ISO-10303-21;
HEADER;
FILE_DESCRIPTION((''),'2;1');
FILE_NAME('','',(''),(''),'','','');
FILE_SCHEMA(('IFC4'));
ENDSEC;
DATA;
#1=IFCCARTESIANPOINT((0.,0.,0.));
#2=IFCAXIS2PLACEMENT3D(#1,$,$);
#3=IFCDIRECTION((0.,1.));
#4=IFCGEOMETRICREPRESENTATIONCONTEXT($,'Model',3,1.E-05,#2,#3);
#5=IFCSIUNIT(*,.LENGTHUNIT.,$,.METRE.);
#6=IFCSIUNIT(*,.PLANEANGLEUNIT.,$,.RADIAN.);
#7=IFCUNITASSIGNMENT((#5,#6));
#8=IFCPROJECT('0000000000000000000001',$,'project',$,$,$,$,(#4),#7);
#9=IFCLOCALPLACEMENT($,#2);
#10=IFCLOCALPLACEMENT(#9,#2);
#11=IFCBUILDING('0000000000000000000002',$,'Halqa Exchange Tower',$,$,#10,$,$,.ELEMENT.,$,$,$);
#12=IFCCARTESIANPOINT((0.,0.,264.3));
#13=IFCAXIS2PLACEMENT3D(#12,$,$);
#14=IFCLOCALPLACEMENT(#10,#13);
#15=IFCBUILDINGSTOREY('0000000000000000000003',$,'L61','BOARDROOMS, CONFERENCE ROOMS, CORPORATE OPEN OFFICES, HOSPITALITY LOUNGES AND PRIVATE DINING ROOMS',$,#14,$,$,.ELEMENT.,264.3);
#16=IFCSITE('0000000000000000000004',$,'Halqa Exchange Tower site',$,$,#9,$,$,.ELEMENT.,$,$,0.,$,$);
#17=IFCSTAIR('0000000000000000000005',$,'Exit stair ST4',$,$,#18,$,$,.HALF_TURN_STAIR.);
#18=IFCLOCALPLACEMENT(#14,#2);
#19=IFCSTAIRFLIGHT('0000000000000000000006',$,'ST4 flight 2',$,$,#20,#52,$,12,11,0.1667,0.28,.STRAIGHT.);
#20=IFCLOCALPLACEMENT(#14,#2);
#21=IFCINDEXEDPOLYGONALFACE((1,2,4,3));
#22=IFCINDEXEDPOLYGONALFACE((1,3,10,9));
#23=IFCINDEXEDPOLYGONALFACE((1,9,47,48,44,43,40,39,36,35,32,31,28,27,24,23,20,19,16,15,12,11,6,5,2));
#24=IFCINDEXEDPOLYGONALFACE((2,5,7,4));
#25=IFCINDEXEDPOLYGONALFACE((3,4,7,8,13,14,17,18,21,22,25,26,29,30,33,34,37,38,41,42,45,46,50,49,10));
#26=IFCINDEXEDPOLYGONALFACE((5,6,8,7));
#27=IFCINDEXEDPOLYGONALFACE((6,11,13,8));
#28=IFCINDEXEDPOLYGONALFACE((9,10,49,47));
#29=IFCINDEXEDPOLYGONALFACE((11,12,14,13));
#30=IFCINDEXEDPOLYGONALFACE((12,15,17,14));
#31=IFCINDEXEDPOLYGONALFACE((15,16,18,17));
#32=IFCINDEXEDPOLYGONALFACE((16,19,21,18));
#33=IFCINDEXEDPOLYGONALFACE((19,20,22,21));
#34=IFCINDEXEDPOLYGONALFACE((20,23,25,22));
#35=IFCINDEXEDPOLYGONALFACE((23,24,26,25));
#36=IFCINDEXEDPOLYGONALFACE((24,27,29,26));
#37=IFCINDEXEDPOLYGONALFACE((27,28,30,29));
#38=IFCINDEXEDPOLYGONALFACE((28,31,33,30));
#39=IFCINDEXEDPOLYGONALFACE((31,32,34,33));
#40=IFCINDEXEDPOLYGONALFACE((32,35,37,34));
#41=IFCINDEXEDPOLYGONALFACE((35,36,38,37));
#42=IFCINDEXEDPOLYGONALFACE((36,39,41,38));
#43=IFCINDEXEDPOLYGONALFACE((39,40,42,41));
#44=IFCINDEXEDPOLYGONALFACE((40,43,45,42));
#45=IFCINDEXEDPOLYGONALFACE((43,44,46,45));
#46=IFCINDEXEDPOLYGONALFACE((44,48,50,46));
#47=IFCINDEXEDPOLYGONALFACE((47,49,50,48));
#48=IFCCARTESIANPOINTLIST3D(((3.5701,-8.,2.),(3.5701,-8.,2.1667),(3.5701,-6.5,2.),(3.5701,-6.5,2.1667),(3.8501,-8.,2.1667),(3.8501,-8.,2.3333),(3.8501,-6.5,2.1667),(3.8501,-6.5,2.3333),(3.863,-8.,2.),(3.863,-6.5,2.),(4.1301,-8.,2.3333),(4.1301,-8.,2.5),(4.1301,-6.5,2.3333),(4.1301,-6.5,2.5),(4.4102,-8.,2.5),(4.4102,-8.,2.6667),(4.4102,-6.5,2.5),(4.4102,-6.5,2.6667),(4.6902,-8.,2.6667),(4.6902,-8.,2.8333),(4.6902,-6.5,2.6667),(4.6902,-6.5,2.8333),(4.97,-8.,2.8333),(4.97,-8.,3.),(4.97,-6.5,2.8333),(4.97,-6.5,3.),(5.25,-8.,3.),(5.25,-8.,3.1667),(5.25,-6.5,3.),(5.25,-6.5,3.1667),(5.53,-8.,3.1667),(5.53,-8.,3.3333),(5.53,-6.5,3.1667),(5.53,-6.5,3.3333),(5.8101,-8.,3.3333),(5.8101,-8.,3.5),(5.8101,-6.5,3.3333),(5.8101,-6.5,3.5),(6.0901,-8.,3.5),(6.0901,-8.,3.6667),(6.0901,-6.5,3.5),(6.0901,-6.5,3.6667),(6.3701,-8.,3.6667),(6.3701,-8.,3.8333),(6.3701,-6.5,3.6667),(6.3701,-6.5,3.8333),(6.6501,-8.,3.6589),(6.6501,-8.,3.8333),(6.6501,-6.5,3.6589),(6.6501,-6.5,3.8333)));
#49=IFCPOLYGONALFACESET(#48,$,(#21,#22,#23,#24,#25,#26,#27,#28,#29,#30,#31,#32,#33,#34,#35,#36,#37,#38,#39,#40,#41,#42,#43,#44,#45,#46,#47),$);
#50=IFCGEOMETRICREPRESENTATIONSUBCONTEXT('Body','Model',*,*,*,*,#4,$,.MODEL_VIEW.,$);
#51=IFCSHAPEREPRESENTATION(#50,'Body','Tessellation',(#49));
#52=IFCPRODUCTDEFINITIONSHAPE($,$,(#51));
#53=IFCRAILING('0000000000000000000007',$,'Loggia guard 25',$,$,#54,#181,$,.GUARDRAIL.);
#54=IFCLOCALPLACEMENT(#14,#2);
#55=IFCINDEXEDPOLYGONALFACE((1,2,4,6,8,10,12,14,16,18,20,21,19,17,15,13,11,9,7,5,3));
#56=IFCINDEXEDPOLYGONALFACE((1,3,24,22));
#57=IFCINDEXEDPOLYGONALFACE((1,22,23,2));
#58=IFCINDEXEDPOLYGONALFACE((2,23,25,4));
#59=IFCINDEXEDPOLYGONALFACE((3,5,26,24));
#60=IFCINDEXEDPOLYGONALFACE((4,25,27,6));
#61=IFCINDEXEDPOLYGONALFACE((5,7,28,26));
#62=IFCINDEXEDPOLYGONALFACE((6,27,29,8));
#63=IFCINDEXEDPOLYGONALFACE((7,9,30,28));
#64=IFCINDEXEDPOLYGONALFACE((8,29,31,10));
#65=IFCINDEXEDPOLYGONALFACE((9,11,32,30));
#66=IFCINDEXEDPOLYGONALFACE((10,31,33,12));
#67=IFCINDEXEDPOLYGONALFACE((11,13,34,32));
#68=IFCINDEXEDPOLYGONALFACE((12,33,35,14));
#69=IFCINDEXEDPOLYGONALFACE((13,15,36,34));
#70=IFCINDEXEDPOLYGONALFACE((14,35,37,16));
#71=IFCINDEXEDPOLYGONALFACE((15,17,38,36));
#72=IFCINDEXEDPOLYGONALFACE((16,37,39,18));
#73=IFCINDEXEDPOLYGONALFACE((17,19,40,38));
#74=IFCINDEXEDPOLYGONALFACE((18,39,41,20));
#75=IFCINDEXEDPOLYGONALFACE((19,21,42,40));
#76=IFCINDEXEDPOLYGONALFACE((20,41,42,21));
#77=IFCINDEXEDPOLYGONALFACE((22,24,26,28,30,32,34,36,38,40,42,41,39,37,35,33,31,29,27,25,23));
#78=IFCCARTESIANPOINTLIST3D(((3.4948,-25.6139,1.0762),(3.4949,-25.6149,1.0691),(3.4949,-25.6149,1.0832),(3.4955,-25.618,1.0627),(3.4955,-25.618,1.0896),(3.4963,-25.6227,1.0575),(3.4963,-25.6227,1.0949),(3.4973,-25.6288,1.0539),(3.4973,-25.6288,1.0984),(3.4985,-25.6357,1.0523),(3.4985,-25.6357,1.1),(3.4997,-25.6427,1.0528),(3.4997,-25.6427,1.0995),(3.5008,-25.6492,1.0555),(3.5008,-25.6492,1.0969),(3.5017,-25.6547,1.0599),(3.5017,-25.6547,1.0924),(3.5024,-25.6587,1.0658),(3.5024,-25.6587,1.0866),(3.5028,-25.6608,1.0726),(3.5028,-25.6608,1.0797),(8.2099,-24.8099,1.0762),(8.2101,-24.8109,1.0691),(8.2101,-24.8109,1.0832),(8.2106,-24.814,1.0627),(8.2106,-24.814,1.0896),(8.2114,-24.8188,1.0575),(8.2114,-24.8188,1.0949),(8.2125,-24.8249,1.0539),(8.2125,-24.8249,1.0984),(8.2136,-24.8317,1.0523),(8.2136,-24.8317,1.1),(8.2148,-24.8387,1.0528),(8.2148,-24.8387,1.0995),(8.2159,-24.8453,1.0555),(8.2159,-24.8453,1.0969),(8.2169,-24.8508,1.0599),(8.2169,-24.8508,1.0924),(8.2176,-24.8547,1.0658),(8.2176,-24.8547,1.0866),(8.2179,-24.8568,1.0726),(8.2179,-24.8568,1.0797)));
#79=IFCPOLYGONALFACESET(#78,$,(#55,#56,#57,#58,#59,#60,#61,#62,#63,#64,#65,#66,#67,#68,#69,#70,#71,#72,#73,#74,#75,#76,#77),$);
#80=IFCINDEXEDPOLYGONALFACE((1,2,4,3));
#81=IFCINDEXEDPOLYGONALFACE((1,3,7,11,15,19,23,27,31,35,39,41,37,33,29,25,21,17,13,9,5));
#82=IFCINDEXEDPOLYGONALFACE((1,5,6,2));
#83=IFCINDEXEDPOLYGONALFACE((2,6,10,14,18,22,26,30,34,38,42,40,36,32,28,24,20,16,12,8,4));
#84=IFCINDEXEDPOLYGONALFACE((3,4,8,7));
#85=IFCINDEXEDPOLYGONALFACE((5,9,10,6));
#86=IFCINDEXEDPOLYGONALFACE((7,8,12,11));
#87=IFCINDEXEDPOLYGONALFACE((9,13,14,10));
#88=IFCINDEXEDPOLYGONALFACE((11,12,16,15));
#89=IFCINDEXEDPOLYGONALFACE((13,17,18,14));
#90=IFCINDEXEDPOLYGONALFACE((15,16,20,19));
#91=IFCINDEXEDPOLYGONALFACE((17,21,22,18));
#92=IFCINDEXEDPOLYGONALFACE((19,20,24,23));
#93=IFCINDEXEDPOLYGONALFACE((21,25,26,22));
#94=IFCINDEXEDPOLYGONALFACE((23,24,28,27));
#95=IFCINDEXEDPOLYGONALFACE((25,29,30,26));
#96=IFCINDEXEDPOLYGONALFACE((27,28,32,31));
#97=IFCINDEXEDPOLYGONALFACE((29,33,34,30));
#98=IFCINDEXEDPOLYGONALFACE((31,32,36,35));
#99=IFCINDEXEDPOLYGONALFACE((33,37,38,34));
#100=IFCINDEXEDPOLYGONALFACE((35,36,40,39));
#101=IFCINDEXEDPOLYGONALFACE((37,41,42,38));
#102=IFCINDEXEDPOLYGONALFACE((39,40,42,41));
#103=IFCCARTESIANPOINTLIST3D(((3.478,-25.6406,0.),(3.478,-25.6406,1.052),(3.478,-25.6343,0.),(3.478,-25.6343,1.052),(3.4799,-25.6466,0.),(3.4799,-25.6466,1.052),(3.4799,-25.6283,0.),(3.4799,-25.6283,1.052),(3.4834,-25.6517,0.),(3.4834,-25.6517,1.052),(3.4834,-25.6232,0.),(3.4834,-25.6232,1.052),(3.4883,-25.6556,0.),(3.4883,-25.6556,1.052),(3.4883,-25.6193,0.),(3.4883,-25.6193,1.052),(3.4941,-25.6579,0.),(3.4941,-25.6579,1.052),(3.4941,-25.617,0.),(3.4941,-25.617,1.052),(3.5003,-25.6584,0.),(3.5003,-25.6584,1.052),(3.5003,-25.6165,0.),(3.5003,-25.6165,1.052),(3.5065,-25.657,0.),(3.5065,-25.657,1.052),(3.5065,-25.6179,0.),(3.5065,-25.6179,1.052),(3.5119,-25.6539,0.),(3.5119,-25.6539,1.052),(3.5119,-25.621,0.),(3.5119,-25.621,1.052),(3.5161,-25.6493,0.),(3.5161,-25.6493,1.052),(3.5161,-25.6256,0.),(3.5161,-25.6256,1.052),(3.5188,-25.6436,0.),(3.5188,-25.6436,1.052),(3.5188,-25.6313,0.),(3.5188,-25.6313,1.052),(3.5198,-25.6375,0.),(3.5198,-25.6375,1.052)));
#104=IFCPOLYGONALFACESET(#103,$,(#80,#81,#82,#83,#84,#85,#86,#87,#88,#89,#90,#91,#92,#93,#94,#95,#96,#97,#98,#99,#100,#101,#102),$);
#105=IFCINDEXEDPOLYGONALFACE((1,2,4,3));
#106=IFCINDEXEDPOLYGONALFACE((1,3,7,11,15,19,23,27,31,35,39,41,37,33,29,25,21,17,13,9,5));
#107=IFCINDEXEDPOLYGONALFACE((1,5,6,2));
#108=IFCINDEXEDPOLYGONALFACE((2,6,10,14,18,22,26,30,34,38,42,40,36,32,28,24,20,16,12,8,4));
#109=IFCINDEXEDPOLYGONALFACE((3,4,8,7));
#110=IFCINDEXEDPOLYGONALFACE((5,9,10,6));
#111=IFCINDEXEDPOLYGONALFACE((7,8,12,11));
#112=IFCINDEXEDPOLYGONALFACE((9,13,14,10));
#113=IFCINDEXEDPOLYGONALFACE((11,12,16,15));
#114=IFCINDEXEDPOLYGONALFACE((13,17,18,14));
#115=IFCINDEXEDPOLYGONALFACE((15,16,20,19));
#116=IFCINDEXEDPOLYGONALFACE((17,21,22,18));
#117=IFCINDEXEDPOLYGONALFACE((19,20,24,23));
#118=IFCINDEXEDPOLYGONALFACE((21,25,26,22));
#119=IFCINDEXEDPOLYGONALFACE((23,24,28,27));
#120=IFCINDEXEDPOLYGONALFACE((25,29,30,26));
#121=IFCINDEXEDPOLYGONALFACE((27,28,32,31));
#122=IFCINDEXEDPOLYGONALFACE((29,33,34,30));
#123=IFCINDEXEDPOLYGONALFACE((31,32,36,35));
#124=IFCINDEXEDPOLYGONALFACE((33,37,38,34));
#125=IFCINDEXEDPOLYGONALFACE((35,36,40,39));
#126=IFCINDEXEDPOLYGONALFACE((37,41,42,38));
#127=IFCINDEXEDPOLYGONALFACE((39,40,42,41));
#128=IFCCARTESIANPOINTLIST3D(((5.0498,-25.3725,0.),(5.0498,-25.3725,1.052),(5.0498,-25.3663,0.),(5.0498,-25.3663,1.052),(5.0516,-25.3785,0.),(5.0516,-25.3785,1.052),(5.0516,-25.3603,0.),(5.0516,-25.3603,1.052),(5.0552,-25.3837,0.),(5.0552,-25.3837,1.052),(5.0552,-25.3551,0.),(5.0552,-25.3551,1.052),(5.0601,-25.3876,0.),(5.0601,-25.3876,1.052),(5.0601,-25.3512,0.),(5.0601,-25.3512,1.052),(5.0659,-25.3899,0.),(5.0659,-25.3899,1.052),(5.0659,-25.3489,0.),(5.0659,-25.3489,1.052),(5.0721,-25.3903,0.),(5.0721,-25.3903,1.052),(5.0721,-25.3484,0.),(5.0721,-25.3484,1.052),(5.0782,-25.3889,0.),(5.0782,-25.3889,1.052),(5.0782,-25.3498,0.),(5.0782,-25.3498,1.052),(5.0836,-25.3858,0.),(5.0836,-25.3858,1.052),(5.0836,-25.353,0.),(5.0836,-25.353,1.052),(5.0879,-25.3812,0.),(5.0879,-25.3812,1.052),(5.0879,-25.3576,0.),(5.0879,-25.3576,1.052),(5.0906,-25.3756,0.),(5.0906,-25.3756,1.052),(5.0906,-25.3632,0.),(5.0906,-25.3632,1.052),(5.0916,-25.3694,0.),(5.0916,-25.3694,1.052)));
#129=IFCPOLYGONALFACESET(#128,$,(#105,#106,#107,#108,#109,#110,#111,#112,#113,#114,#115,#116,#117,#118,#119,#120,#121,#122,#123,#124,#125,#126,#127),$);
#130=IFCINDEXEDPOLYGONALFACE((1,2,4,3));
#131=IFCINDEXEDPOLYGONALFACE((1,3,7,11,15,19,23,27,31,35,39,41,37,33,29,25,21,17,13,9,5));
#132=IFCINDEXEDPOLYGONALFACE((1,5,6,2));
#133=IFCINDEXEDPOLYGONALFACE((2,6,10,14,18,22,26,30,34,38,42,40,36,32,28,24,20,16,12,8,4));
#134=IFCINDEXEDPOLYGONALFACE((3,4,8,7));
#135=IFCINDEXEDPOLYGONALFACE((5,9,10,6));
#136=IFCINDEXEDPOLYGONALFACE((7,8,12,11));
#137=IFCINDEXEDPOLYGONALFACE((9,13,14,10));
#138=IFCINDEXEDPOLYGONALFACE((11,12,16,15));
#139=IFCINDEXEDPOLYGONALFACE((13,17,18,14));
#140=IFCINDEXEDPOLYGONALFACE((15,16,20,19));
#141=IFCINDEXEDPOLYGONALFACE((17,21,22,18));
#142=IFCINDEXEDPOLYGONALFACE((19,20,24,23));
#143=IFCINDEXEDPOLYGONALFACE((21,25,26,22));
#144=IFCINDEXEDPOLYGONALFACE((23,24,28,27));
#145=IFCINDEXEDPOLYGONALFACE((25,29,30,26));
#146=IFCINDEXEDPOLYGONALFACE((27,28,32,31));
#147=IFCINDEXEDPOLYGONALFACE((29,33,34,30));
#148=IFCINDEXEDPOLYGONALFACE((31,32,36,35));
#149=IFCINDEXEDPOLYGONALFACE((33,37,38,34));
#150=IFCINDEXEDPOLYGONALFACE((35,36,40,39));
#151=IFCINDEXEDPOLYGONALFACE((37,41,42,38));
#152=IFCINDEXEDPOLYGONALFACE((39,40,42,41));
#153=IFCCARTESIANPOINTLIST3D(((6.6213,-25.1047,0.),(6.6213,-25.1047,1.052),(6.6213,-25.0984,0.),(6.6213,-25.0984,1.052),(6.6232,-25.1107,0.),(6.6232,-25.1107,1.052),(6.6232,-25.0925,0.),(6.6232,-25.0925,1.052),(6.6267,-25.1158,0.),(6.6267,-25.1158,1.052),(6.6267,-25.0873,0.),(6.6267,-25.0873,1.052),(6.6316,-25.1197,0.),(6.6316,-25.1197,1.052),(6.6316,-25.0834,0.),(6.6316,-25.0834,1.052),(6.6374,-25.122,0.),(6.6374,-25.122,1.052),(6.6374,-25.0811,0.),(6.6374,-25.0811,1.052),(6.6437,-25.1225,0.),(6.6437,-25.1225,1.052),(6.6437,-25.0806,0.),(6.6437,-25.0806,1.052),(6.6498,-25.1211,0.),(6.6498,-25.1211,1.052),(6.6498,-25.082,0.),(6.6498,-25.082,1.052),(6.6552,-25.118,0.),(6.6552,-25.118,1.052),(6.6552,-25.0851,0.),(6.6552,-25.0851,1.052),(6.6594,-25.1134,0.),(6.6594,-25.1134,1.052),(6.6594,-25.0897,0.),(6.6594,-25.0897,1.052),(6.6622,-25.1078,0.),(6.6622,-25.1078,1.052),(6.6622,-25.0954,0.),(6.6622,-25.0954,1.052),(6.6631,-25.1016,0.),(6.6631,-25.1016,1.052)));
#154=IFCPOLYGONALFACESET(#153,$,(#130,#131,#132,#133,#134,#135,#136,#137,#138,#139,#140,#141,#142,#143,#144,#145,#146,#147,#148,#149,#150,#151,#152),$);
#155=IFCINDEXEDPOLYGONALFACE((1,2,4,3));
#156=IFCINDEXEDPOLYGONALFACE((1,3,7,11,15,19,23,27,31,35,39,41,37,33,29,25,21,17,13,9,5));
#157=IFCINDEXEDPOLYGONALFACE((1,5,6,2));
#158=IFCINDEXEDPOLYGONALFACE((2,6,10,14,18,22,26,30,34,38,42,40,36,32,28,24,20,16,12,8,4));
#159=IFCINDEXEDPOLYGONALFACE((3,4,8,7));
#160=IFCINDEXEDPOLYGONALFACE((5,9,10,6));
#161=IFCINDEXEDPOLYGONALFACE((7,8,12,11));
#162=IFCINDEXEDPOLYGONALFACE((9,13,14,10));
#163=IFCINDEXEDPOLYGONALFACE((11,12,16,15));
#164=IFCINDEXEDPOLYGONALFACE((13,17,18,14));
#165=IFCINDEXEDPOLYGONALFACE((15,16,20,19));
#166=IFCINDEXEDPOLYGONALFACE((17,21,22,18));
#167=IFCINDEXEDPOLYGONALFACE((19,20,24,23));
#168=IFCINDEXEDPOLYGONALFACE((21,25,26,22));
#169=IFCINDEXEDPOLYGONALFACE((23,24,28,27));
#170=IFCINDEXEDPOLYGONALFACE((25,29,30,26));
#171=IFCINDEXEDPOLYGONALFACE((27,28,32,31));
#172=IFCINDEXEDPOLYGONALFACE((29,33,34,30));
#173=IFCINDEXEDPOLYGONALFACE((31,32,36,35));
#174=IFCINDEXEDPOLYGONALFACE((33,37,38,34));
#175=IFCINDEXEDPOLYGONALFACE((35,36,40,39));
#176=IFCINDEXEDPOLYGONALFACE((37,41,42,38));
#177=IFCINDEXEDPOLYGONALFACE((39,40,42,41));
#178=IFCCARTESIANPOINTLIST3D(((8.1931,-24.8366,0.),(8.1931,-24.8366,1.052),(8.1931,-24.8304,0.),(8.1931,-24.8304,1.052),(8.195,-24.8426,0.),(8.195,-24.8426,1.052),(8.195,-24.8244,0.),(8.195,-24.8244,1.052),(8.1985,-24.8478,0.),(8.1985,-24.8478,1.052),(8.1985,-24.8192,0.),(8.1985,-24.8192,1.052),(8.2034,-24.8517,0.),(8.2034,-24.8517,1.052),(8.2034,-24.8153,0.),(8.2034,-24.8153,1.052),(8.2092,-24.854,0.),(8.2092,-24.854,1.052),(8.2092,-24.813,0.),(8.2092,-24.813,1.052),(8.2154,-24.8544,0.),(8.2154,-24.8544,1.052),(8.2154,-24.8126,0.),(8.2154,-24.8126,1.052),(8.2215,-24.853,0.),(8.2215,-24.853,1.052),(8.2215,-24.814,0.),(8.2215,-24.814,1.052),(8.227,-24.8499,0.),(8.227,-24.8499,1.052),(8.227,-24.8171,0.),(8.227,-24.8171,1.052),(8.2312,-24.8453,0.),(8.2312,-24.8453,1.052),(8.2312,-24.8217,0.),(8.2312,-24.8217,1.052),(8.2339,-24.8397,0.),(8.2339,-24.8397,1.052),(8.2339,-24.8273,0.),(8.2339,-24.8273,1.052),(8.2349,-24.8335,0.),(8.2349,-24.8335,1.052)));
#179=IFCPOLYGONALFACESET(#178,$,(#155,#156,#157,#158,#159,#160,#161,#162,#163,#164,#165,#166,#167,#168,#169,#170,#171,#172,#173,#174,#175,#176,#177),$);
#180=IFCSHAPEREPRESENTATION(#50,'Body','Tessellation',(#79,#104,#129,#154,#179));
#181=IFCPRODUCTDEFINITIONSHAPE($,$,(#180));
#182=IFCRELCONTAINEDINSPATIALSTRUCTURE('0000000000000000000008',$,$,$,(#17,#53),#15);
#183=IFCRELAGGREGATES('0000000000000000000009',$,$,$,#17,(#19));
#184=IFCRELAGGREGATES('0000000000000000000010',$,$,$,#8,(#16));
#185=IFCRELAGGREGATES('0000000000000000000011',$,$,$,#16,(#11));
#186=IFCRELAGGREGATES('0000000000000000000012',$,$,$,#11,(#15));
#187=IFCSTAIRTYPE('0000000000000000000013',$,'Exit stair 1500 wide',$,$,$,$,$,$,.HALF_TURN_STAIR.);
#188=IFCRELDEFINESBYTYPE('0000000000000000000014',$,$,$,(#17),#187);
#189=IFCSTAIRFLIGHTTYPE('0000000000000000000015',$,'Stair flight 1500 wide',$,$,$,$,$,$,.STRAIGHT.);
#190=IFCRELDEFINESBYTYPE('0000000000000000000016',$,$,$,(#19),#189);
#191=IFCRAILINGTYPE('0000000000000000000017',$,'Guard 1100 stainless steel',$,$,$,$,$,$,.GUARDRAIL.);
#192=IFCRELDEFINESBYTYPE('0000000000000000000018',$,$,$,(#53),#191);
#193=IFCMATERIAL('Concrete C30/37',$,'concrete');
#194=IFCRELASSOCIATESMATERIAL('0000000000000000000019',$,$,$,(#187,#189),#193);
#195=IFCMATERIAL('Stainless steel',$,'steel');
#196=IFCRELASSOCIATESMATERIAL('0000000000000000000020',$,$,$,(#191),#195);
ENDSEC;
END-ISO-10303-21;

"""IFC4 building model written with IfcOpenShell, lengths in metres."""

from ifc_helpers import new_model, si_unit, direction, frame, origin, origin_2d, place, context, subcontext, project, spatial, polyline, circle, outline, extrude, material, type_object, element, aggregate, save


model = new_model("IFC4")

# Units and contexts
model_context = context("Model", 3, precision=1e-05, world=origin(), true_north=direction((0.0, 1.0)))
body_context = subcontext(model_context, "Body", "Model", "MODEL_VIEW")
ifc_project = project(units=[si_unit("LENGTHUNIT", "METRE"), si_unit("PLANEANGLEUNIT", "RADIAN")], contexts=[model_context])

# Site, building, storey
site_placement = place(None, origin())
site = spatial("IfcSite", under=ifc_project, at=site_placement, Name="Halqa Exchange Tower site", CompositionType="ELEMENT", RefElevation=0.0)
building_placement = place(site_placement, origin())
building = spatial("IfcBuilding", under=site, at=building_placement, Name="Halqa Exchange Tower", CompositionType="ELEMENT")
storey_placement = place(building_placement, frame((0.0, 0.0, 264.3)))
storey = spatial("IfcBuildingStorey", under=building, at=storey_placement, Name="L61", Description="BOARDROOMS, CONFERENCE ROOMS, CORPORATE OPEN OFFICES, HOSPITALITY LOUNGES AND PRIVATE DINING ROOMS", CompositionType="ELEMENT", Elevation=264.3)

# Shared definitions
ifc_material_1 = material(Name="Concrete C30/37", Category="concrete")

# Stair, stair flight
stair_type = type_object("IfcStairType", Name="Exit stair 1500 wide", PredefinedType="HALF_TURN_STAIR", material=ifc_material_1)
stair_placement = place(storey_placement, origin())
stair = element("IfcStair", 1, at=stair_placement, inside=storey, type_object=stair_type, Name="Exit stair ST4", PredefinedType="HALF_TURN_STAIR")
stair_flight_type = type_object("IfcStairFlightType", Name="Stair flight 1500 wide", PredefinedType="STRAIGHT", material=ifc_material_1)
stair_flight_1_placement = place(storey_placement, frame((3.5701, -7.25, 2.0), z_axis=(0.0, 0.0, 1.0), x_axis=(1.0, 0.0, 0.0)))
stair_flight_1 = element("IfcStairFlight", 2, at=stair_flight_1_placement, type_object=stair_flight_type, Name="ST4 flight 2", NumberOfRisers=12, NumberOfTreads=11, PredefinedType="STRAIGHT", RiserHeight=0.1667, TreadLength=0.28, context=body_context, shape_type="SweptSolid", body=[
    extrude(outline(polyline([(0.0, 0.0), (0.0, 0.1667), (0.28, 0.1667), (0.28, 0.3333), (0.5601, 0.3333), (0.5601, 0.5), (0.8401, 0.5), (0.8401, 0.6667), (1.1201, 0.6667), (1.1201, 0.8333), (1.3999, 0.8333), (1.3999, 1.0), (1.6799, 1.0), (1.6799, 1.1667), (1.96, 1.1667), (1.96, 1.3333), (2.24, 1.3333), (2.24, 1.5), (2.52, 1.5), (2.52, 1.6667), (2.8, 1.6667), (2.8, 1.8333), (3.0801, 1.8333), (3.0801, 2.0), (3.0801, 1.6589), (0.293, 0.0), (0.0, 0.0)])), frame((0.0, 0.75, 0.0), z_axis=(0.0, -1.0, 0.0), x_axis=(1.0, 0.0, 0.0)), (0.0, 0.0, 1.0), 1.5),
])
aggregate(stair, [stair_flight_1])

# Railing
ifc_material_2 = material(Name="Stainless steel", Category="steel")
railing_type_1 = type_object("IfcRailingType", Name="Guard 1100 stainless steel", PredefinedType="GUARDRAIL", material=ifc_material_2)
railing_1_placement = place(storey_placement, frame((3.4988, -25.6375, 0.0)))
element("IfcRailing", 3, at=railing_1_placement, inside=storey, type_object=railing_type_1, Name="Loggia guard 25", PredefinedType="GUARDRAIL", context=body_context, shape_type="SweptSolid", body=[
    extrude(circle(Radius=0.0239, at=origin_2d()), frame((0.0, 0.0, 1.0762), z_axis=(0.985773, 0.168081, 0.0), x_axis=(-0.168081, 0.985773, 0.0)), (0.0, 0.0, 1.0), 4.7832),
    extrude(circle(Radius=0.021, at=origin_2d()), origin(), (0.0, 0.0, 1.0), 1.052),
    extrude(circle(Radius=0.021, at=origin_2d()), frame((1.5718, 0.2681, 0.0)), (0.0, 0.0, 1.0), 1.052),
    extrude(circle(Radius=0.021, at=origin_2d()), frame((3.1433, 0.5359, 0.0)), (0.0, 0.0, 1.0), 1.052),
    extrude(circle(Radius=0.021, at=origin_2d()), frame((4.7151, 0.804, 0.0)), (0.0, 0.0, 1.0), 1.052),
])

save(model, "model.ifc")
